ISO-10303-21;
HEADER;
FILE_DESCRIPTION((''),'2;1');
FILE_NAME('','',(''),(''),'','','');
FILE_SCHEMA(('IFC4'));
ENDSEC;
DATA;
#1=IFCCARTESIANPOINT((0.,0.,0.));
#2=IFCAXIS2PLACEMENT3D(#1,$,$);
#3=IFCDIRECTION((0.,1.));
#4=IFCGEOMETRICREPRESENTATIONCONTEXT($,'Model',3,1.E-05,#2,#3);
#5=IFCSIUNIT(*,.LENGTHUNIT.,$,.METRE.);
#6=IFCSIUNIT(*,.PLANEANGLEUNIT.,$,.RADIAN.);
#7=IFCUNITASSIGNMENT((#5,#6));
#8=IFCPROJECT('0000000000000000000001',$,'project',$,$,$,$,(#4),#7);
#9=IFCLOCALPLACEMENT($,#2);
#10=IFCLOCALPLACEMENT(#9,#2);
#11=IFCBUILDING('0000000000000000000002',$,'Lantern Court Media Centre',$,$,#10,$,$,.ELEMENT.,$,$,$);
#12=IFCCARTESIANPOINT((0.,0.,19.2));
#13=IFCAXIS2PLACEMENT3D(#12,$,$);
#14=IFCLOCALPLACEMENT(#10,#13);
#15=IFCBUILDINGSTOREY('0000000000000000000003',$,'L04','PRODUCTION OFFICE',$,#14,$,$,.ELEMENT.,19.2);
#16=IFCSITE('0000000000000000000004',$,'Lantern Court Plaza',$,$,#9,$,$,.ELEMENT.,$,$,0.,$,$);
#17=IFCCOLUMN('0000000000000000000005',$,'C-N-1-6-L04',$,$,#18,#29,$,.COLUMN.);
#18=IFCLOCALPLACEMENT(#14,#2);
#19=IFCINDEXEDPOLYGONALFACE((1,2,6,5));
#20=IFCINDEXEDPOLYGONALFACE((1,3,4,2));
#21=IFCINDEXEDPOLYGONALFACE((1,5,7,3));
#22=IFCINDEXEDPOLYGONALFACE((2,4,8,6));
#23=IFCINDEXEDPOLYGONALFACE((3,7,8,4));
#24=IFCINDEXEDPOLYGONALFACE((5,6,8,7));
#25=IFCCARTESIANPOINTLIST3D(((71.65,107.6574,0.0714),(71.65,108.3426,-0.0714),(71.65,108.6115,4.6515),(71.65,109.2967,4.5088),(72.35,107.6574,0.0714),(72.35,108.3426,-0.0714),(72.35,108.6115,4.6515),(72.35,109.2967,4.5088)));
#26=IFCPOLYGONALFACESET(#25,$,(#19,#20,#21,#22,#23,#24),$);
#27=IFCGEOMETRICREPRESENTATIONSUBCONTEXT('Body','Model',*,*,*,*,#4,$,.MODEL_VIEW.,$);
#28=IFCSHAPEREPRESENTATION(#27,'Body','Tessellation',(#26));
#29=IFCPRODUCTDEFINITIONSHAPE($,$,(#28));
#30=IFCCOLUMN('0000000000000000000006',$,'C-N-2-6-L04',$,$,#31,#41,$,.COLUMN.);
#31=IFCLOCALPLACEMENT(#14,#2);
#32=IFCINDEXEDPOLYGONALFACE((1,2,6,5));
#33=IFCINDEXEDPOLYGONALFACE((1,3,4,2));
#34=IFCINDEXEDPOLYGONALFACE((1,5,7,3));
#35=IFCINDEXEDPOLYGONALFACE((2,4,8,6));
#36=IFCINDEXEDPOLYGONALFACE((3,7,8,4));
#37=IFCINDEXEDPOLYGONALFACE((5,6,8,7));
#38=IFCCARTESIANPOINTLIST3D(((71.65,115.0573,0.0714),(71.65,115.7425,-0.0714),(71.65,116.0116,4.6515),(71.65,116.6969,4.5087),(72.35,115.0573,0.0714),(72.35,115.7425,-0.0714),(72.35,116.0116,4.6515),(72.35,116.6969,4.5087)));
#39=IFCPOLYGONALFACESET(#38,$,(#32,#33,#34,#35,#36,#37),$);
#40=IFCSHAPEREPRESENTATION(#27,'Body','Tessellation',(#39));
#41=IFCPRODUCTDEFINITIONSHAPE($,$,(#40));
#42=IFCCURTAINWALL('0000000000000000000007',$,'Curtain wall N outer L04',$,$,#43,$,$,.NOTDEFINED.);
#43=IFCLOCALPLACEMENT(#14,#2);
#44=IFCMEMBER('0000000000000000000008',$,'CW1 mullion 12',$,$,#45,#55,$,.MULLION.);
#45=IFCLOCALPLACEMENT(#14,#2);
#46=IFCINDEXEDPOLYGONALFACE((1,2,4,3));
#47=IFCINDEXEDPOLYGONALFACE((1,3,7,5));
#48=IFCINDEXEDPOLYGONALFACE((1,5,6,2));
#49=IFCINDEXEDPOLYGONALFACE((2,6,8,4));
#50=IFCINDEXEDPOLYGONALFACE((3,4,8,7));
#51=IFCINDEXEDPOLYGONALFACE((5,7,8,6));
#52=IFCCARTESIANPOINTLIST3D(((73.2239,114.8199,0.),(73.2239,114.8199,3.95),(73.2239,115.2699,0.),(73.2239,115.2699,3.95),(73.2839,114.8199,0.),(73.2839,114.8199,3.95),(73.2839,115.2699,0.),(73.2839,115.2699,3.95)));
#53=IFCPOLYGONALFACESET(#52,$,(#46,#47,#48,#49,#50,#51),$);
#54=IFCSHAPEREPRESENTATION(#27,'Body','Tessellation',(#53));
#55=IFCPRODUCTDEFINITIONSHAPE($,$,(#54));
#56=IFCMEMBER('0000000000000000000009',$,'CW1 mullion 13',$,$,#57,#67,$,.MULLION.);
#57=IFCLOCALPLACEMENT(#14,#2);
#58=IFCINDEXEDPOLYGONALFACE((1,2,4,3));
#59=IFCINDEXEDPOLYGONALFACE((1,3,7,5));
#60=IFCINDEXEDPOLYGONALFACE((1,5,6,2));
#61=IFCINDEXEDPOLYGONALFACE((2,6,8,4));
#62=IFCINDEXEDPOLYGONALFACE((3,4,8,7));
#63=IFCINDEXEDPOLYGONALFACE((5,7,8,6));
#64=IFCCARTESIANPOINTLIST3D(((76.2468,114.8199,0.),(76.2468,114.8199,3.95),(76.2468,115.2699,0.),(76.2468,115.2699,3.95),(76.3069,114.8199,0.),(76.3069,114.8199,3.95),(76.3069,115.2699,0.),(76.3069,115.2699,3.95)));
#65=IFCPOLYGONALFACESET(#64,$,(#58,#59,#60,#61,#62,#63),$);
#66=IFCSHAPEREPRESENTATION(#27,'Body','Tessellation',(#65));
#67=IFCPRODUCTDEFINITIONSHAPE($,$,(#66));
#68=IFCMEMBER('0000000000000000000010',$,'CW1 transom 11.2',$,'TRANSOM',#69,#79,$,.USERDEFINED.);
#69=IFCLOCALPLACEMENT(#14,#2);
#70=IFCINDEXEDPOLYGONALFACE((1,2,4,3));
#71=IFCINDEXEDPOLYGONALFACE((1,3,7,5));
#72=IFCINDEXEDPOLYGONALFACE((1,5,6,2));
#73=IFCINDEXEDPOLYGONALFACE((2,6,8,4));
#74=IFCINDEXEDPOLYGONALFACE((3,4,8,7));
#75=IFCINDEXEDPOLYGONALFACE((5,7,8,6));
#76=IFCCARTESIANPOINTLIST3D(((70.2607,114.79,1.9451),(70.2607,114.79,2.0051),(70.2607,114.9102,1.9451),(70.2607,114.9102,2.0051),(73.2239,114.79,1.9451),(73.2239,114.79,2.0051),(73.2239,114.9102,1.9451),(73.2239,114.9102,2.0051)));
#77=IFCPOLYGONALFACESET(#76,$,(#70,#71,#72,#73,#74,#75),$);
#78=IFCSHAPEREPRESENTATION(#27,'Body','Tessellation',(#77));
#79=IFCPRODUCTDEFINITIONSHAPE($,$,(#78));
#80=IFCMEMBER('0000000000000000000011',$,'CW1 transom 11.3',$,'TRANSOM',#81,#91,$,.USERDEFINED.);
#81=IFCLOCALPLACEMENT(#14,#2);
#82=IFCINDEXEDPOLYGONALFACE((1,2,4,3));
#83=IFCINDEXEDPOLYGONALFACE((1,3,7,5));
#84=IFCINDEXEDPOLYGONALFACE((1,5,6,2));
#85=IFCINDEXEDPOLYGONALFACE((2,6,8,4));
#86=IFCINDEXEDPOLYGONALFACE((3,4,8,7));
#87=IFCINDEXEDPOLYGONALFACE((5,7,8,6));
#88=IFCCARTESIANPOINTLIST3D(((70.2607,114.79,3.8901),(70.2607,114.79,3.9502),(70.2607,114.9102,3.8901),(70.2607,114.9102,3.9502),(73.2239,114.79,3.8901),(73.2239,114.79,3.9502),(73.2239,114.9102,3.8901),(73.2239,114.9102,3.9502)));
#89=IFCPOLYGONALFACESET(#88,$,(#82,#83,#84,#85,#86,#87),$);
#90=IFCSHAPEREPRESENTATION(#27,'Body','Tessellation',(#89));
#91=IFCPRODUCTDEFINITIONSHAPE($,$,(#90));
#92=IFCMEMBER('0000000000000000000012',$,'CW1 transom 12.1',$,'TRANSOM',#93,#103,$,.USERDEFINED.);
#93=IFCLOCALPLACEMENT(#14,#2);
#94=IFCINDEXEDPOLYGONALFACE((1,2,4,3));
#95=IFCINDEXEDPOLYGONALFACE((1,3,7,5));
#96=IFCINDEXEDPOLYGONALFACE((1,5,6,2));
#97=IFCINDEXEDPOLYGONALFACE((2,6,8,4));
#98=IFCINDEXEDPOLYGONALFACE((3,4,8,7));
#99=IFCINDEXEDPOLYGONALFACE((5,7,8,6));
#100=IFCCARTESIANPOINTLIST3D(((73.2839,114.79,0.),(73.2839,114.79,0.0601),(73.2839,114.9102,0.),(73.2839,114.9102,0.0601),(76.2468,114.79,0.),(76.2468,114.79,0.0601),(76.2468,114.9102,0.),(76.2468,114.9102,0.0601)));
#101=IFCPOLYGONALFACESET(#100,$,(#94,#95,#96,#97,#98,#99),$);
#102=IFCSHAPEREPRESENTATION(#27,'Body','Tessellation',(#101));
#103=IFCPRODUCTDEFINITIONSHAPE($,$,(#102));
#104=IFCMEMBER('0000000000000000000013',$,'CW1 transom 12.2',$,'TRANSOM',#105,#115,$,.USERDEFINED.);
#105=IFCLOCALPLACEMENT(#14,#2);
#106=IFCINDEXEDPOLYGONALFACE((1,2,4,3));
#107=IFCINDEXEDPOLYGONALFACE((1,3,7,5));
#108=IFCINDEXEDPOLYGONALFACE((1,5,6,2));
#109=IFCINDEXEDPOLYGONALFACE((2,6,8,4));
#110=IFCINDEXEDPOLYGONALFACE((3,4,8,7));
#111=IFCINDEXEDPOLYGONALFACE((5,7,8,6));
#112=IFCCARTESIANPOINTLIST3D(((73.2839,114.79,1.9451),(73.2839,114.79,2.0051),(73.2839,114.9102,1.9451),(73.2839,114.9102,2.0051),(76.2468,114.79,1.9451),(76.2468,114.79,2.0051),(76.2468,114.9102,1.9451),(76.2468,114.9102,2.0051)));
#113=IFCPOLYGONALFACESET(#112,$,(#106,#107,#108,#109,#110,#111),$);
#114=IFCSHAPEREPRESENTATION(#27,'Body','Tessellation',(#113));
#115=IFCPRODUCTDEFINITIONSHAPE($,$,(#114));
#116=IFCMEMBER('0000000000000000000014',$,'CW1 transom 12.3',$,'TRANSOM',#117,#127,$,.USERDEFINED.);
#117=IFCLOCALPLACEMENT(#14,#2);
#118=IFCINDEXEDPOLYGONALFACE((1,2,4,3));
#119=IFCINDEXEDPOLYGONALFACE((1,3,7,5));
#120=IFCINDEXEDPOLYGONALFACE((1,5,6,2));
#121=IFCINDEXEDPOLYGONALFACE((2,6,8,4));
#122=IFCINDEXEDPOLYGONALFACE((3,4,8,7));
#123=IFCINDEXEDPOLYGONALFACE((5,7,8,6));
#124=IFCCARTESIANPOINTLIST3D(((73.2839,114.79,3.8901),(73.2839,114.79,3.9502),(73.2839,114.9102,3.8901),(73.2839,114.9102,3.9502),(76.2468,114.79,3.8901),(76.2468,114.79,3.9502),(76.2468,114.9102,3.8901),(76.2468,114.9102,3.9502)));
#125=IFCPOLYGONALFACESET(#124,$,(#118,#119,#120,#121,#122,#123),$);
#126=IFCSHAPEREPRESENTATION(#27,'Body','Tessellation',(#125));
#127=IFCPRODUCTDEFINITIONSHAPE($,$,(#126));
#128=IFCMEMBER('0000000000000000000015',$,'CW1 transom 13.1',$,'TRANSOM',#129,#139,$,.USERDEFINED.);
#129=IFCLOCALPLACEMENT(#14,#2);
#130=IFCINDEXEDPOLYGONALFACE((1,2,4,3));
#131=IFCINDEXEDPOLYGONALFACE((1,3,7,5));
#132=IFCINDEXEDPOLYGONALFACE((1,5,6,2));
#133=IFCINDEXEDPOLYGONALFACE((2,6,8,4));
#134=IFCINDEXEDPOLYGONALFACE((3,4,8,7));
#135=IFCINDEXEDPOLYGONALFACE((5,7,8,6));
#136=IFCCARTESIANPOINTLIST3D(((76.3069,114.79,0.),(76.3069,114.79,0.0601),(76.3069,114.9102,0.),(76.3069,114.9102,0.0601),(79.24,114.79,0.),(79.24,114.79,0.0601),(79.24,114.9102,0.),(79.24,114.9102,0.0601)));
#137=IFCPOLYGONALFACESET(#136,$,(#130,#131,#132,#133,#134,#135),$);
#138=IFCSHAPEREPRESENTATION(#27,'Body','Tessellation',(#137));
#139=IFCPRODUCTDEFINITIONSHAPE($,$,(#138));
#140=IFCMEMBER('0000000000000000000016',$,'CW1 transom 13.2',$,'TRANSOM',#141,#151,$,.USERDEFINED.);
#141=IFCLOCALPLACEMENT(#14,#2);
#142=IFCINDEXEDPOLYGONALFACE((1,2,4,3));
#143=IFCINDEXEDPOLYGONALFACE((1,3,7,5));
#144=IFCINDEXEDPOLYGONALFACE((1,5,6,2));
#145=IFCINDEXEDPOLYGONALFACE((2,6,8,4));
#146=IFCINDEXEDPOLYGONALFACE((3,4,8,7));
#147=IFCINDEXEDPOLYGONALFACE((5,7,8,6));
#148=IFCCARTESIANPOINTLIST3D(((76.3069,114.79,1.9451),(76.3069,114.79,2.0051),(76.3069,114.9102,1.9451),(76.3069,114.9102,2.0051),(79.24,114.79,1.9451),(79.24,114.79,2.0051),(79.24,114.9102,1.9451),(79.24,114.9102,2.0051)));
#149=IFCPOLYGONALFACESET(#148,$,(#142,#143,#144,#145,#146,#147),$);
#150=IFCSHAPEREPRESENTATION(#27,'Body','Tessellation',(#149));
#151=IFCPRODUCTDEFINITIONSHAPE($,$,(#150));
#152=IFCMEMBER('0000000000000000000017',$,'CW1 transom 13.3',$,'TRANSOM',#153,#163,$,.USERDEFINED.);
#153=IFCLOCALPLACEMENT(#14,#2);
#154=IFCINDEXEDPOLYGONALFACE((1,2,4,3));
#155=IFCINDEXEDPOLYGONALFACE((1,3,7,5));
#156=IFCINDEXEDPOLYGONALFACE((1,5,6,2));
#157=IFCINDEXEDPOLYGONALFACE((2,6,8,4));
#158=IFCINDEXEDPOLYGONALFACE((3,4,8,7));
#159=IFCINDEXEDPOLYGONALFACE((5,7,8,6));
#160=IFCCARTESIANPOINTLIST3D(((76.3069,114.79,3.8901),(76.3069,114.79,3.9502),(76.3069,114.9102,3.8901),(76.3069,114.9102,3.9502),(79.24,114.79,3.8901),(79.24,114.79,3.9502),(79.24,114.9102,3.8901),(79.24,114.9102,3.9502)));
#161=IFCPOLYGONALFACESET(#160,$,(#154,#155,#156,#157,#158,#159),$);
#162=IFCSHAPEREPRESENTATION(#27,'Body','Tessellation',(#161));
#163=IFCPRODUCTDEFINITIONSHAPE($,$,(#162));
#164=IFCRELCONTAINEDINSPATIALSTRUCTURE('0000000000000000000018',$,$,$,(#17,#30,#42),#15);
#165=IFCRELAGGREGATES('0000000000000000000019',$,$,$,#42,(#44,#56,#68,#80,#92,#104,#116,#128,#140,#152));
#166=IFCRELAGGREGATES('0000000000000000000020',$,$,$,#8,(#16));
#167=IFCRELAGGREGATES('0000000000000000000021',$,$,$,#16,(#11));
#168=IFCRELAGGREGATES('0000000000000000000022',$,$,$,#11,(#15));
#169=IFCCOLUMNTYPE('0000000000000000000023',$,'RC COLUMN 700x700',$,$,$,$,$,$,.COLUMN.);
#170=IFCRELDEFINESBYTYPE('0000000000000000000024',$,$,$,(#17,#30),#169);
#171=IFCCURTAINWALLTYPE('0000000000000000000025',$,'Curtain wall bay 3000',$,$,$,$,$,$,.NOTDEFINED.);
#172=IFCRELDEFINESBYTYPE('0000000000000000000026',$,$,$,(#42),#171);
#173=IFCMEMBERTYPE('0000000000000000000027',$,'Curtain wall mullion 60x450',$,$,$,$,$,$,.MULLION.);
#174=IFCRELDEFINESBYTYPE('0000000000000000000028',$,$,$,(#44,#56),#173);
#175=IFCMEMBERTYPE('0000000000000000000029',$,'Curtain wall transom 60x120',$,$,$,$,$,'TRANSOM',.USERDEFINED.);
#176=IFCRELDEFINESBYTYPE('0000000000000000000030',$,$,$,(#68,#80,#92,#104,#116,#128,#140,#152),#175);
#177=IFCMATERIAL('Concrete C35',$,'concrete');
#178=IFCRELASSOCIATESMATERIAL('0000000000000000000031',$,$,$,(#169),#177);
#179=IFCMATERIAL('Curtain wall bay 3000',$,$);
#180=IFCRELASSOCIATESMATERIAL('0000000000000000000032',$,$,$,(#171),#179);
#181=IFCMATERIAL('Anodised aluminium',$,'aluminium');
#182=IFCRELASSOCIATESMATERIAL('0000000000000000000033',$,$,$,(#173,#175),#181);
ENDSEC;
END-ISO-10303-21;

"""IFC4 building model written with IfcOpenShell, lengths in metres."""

from ifc_helpers import new_model, si_unit, direction, frame, origin, origin_2d, place, context, subcontext, project, spatial, rectangle, extrude, material, material_profile, profile_set, type_object, element, aggregate, save


model = new_model("IFC4")

# Units and contexts
model_context = context("Model", 3, precision=1e-05, world=origin(), true_north=direction((0.0, 1.0)))
body_context = subcontext(model_context, "Body", "Model", "MODEL_VIEW")
ifc_project = project(units=[si_unit("LENGTHUNIT", "METRE"), si_unit("PLANEANGLEUNIT", "RADIAN")], contexts=[model_context])

# Site, building, storey
site_placement = place(None, origin())
site = spatial("IfcSite", under=ifc_project, at=site_placement, Name="Lantern Court Plaza", CompositionType="ELEMENT", RefElevation=0.0)
building_placement = place(site_placement, origin())
building = spatial("IfcBuilding", under=site, at=building_placement, Name="Lantern Court Media Centre", CompositionType="ELEMENT")
storey_placement = place(building_placement, frame((0.0, 0.0, 19.2)))
storey = spatial("IfcBuildingStorey", under=building, at=storey_placement, Name="L04", Description="PRODUCTION OFFICE", CompositionType="ELEMENT", Elevation=19.2)

# Columns
ifc_material_1 = material(Name="Concrete C35", Category="concrete")
ifc_material_profile_1 = material_profile(ifc_material_1, rectangle(XDim=0.7, YDim=0.7, at=origin_2d()), Name="RC 700x700")
ifc_profile_set_1 = profile_set([ifc_material_profile_1], Name="Concrete C35")
column_type = type_object("IfcColumnType", Name="RC COLUMN 700x700", PredefinedType="COLUMN", material=ifc_profile_set_1)
for number, where, z_axis, x_axis, name in (
    (1, (72.0, 108.0, 0.0), (0.0, 0.203938, 0.978984), (-1.0, 0.0, 0.0), "C-N-1-6-L04"),
    (2, (72.0, 115.3999, 0.0), (0.0, 0.203988, 0.978973), (-1.0, 0.0, 0.0), "C-N-2-6-L04"),
):
    element("IfcColumn", number, at=place(storey_placement, frame(where, z_axis=z_axis, x_axis=x_axis)), inside=storey, type_object=column_type, Name=name, PredefinedType="COLUMN", context=body_context, shape_type="SweptSolid", body=[
        extrude(rectangle(XDim=0.7, YDim=0.7, at=origin_2d()), origin(), (0.0, 0.0, 1.0), 4.6785),
    ])

# Curtain wall, members
ifc_material_2 = material(Name="Curtain wall bay 3000")
curtain_wall_type = type_object("IfcCurtainWallType", Name="Curtain wall bay 3000", PredefinedType="NOTDEFINED", material=ifc_material_2)
curtain_wall_placement = place(storey_placement, origin())
curtain_wall = element("IfcCurtainWall", 3, at=curtain_wall_placement, inside=storey, type_object=curtain_wall_type, Name="Curtain wall N outer L04", PredefinedType="NOTDEFINED")
ifc_material_3 = material(Name="Anodised aluminium", Category="aluminium")
ifc_material_profile_2 = material_profile(ifc_material_3, rectangle(XDim=0.45, YDim=0.0601, at=origin_2d()), Name="AL 60x450")
ifc_profile_set_2 = profile_set([ifc_material_profile_2], Name="Anodised aluminium")
member_type_1 = type_object("IfcMemberType", Name="Curtain wall mullion 60x450", PredefinedType="MULLION", material=ifc_profile_set_2)
member_1_placement = place(storey_placement, frame((73.2539, 115.0449, 0.0), z_axis=(0.0, 0.0, 1.0), x_axis=(0.0, 1.0, 0.0)))
member_1 = element("IfcMember", 4, at=member_1_placement, type_object=member_type_1, Name="CW1 mullion 12", PredefinedType="MULLION", context=body_context, shape_type="SweptSolid", body=[
    extrude(rectangle(XDim=0.45, YDim=0.0601, at=origin_2d()), origin(), (0.0, 0.0, 1.0), 3.95),
])
member_2_placement = place(storey_placement, frame((76.2769, 115.0449, 0.0), z_axis=(0.0, 0.0, 1.0), x_axis=(0.0, 1.0, 0.0)))
member_2 = element("IfcMember", 5, at=member_2_placement, type_object=member_type_1, Name="CW1 mullion 13", PredefinedType="MULLION", context=body_context, shape_type="SweptSolid", body=[
    extrude(rectangle(XDim=0.45, YDim=0.0601, at=origin_2d()), origin(), (0.0, 0.0, 1.0), 3.95),
])
ifc_material_profile_3 = material_profile(ifc_material_3, rectangle(XDim=0.1201, YDim=0.0601, at=origin_2d()), Name="AL 60x120")
ifc_profile_set_3 = profile_set([ifc_material_profile_3], Name="Anodised aluminium")
member_type_2 = type_object("IfcMemberType", Name="Curtain wall transom 60x120", ElementType="TRANSOM", PredefinedType="USERDEFINED", material=ifc_profile_set_3)
member_3_placement = place(storey_placement, frame((70.2607, 114.8501, 1.9751), z_axis=(1.0, 0.0, 0.0), x_axis=(0.0, 1.0, 0.0)))
member_3 = element("IfcMember", 6, at=member_3_placement, type_object=member_type_2, Name="CW1 transom 11.2", ObjectType="TRANSOM", PredefinedType="USERDEFINED", context=body_context, shape_type="SweptSolid", body=[
    extrude(rectangle(XDim=0.1201, YDim=0.0601, at=origin_2d()), origin(), (0.0, 0.0, 1.0), 2.9631),
])
member_4_placement = place(storey_placement, frame((70.2607, 114.8501, 3.9202), z_axis=(1.0, 0.0, 0.0), x_axis=(0.0, 1.0, 0.0)))
member_4 = element("IfcMember", 7, at=member_4_placement, type_object=member_type_2, Name="CW1 transom 11.3", ObjectType="TRANSOM", PredefinedType="USERDEFINED", context=body_context, shape_type="SweptSolid", body=[
    extrude(rectangle(XDim=0.1201, YDim=0.0601, at=origin_2d()), origin(), (0.0, 0.0, 1.0), 2.9631),
])
member_5_placement = place(storey_placement, frame((73.2839, 114.8501, 0.03), z_axis=(1.0, 0.0, 0.0), x_axis=(0.0, 1.0, 0.0)))
member_5 = element("IfcMember", 8, at=member_5_placement, type_object=member_type_2, Name="CW1 transom 12.1", ObjectType="TRANSOM", PredefinedType="USERDEFINED", context=body_context, shape_type="SweptSolid", body=[
    extrude(rectangle(XDim=0.1201, YDim=0.0601, at=origin_2d()), origin(), (0.0, 0.0, 1.0), 2.9629),
])
member_6_placement = place(storey_placement, frame((73.2839, 114.8501, 1.9751), z_axis=(1.0, 0.0, 0.0), x_axis=(0.0, 1.0, 0.0)))
member_6 = element("IfcMember", 9, at=member_6_placement, type_object=member_type_2, Name="CW1 transom 12.2", ObjectType="TRANSOM", PredefinedType="USERDEFINED", context=body_context, shape_type="SweptSolid", body=[
    extrude(rectangle(XDim=0.1201, YDim=0.0601, at=origin_2d()), origin(), (0.0, 0.0, 1.0), 2.9629),
])
member_7_placement = place(storey_placement, frame((73.2839, 114.8501, 3.9202), z_axis=(1.0, 0.0, 0.0), x_axis=(0.0, 1.0, 0.0)))
member_7 = element("IfcMember", 10, at=member_7_placement, type_object=member_type_2, Name="CW1 transom 12.3", ObjectType="TRANSOM", PredefinedType="USERDEFINED", context=body_context, shape_type="SweptSolid", body=[
    extrude(rectangle(XDim=0.1201, YDim=0.0601, at=origin_2d()), origin(), (0.0, 0.0, 1.0), 2.9629),
])
member_8_placement = place(storey_placement, frame((76.3069, 114.8501, 0.03), z_axis=(1.0, 0.0, 0.0), x_axis=(0.0, 1.0, 0.0)))
member_8 = element("IfcMember", 11, at=member_8_placement, type_object=member_type_2, Name="CW1 transom 13.1", ObjectType="TRANSOM", PredefinedType="USERDEFINED", context=body_context, shape_type="SweptSolid", body=[
    extrude(rectangle(XDim=0.1201, YDim=0.0601, at=origin_2d()), origin(), (0.0, 0.0, 1.0), 2.9331),
])
member_9_placement = place(storey_placement, frame((76.3069, 114.8501, 1.9751), z_axis=(1.0, 0.0, 0.0), x_axis=(0.0, 1.0, 0.0)))
member_9 = element("IfcMember", 12, at=member_9_placement, type_object=member_type_2, Name="CW1 transom 13.2", ObjectType="TRANSOM", PredefinedType="USERDEFINED", context=body_context, shape_type="SweptSolid", body=[
    extrude(rectangle(XDim=0.1201, YDim=0.0601, at=origin_2d()), origin(), (0.0, 0.0, 1.0), 2.9331),
])
member_10_placement = place(storey_placement, frame((76.3069, 114.8501, 3.9202), z_axis=(1.0, 0.0, 0.0), x_axis=(0.0, 1.0, 0.0)))
member_10 = element("IfcMember", 13, at=member_10_placement, type_object=member_type_2, Name="CW1 transom 13.3", ObjectType="TRANSOM", PredefinedType="USERDEFINED", context=body_context, shape_type="SweptSolid", body=[
    extrude(rectangle(XDim=0.1201, YDim=0.0601, at=origin_2d()), origin(), (0.0, 0.0, 1.0), 2.9331),
])

aggregate(curtain_wall, [member_1, member_2, member_3, member_4, member_5, member_6, member_7, member_8, member_9, member_10])

save(model, "model.ifc")
